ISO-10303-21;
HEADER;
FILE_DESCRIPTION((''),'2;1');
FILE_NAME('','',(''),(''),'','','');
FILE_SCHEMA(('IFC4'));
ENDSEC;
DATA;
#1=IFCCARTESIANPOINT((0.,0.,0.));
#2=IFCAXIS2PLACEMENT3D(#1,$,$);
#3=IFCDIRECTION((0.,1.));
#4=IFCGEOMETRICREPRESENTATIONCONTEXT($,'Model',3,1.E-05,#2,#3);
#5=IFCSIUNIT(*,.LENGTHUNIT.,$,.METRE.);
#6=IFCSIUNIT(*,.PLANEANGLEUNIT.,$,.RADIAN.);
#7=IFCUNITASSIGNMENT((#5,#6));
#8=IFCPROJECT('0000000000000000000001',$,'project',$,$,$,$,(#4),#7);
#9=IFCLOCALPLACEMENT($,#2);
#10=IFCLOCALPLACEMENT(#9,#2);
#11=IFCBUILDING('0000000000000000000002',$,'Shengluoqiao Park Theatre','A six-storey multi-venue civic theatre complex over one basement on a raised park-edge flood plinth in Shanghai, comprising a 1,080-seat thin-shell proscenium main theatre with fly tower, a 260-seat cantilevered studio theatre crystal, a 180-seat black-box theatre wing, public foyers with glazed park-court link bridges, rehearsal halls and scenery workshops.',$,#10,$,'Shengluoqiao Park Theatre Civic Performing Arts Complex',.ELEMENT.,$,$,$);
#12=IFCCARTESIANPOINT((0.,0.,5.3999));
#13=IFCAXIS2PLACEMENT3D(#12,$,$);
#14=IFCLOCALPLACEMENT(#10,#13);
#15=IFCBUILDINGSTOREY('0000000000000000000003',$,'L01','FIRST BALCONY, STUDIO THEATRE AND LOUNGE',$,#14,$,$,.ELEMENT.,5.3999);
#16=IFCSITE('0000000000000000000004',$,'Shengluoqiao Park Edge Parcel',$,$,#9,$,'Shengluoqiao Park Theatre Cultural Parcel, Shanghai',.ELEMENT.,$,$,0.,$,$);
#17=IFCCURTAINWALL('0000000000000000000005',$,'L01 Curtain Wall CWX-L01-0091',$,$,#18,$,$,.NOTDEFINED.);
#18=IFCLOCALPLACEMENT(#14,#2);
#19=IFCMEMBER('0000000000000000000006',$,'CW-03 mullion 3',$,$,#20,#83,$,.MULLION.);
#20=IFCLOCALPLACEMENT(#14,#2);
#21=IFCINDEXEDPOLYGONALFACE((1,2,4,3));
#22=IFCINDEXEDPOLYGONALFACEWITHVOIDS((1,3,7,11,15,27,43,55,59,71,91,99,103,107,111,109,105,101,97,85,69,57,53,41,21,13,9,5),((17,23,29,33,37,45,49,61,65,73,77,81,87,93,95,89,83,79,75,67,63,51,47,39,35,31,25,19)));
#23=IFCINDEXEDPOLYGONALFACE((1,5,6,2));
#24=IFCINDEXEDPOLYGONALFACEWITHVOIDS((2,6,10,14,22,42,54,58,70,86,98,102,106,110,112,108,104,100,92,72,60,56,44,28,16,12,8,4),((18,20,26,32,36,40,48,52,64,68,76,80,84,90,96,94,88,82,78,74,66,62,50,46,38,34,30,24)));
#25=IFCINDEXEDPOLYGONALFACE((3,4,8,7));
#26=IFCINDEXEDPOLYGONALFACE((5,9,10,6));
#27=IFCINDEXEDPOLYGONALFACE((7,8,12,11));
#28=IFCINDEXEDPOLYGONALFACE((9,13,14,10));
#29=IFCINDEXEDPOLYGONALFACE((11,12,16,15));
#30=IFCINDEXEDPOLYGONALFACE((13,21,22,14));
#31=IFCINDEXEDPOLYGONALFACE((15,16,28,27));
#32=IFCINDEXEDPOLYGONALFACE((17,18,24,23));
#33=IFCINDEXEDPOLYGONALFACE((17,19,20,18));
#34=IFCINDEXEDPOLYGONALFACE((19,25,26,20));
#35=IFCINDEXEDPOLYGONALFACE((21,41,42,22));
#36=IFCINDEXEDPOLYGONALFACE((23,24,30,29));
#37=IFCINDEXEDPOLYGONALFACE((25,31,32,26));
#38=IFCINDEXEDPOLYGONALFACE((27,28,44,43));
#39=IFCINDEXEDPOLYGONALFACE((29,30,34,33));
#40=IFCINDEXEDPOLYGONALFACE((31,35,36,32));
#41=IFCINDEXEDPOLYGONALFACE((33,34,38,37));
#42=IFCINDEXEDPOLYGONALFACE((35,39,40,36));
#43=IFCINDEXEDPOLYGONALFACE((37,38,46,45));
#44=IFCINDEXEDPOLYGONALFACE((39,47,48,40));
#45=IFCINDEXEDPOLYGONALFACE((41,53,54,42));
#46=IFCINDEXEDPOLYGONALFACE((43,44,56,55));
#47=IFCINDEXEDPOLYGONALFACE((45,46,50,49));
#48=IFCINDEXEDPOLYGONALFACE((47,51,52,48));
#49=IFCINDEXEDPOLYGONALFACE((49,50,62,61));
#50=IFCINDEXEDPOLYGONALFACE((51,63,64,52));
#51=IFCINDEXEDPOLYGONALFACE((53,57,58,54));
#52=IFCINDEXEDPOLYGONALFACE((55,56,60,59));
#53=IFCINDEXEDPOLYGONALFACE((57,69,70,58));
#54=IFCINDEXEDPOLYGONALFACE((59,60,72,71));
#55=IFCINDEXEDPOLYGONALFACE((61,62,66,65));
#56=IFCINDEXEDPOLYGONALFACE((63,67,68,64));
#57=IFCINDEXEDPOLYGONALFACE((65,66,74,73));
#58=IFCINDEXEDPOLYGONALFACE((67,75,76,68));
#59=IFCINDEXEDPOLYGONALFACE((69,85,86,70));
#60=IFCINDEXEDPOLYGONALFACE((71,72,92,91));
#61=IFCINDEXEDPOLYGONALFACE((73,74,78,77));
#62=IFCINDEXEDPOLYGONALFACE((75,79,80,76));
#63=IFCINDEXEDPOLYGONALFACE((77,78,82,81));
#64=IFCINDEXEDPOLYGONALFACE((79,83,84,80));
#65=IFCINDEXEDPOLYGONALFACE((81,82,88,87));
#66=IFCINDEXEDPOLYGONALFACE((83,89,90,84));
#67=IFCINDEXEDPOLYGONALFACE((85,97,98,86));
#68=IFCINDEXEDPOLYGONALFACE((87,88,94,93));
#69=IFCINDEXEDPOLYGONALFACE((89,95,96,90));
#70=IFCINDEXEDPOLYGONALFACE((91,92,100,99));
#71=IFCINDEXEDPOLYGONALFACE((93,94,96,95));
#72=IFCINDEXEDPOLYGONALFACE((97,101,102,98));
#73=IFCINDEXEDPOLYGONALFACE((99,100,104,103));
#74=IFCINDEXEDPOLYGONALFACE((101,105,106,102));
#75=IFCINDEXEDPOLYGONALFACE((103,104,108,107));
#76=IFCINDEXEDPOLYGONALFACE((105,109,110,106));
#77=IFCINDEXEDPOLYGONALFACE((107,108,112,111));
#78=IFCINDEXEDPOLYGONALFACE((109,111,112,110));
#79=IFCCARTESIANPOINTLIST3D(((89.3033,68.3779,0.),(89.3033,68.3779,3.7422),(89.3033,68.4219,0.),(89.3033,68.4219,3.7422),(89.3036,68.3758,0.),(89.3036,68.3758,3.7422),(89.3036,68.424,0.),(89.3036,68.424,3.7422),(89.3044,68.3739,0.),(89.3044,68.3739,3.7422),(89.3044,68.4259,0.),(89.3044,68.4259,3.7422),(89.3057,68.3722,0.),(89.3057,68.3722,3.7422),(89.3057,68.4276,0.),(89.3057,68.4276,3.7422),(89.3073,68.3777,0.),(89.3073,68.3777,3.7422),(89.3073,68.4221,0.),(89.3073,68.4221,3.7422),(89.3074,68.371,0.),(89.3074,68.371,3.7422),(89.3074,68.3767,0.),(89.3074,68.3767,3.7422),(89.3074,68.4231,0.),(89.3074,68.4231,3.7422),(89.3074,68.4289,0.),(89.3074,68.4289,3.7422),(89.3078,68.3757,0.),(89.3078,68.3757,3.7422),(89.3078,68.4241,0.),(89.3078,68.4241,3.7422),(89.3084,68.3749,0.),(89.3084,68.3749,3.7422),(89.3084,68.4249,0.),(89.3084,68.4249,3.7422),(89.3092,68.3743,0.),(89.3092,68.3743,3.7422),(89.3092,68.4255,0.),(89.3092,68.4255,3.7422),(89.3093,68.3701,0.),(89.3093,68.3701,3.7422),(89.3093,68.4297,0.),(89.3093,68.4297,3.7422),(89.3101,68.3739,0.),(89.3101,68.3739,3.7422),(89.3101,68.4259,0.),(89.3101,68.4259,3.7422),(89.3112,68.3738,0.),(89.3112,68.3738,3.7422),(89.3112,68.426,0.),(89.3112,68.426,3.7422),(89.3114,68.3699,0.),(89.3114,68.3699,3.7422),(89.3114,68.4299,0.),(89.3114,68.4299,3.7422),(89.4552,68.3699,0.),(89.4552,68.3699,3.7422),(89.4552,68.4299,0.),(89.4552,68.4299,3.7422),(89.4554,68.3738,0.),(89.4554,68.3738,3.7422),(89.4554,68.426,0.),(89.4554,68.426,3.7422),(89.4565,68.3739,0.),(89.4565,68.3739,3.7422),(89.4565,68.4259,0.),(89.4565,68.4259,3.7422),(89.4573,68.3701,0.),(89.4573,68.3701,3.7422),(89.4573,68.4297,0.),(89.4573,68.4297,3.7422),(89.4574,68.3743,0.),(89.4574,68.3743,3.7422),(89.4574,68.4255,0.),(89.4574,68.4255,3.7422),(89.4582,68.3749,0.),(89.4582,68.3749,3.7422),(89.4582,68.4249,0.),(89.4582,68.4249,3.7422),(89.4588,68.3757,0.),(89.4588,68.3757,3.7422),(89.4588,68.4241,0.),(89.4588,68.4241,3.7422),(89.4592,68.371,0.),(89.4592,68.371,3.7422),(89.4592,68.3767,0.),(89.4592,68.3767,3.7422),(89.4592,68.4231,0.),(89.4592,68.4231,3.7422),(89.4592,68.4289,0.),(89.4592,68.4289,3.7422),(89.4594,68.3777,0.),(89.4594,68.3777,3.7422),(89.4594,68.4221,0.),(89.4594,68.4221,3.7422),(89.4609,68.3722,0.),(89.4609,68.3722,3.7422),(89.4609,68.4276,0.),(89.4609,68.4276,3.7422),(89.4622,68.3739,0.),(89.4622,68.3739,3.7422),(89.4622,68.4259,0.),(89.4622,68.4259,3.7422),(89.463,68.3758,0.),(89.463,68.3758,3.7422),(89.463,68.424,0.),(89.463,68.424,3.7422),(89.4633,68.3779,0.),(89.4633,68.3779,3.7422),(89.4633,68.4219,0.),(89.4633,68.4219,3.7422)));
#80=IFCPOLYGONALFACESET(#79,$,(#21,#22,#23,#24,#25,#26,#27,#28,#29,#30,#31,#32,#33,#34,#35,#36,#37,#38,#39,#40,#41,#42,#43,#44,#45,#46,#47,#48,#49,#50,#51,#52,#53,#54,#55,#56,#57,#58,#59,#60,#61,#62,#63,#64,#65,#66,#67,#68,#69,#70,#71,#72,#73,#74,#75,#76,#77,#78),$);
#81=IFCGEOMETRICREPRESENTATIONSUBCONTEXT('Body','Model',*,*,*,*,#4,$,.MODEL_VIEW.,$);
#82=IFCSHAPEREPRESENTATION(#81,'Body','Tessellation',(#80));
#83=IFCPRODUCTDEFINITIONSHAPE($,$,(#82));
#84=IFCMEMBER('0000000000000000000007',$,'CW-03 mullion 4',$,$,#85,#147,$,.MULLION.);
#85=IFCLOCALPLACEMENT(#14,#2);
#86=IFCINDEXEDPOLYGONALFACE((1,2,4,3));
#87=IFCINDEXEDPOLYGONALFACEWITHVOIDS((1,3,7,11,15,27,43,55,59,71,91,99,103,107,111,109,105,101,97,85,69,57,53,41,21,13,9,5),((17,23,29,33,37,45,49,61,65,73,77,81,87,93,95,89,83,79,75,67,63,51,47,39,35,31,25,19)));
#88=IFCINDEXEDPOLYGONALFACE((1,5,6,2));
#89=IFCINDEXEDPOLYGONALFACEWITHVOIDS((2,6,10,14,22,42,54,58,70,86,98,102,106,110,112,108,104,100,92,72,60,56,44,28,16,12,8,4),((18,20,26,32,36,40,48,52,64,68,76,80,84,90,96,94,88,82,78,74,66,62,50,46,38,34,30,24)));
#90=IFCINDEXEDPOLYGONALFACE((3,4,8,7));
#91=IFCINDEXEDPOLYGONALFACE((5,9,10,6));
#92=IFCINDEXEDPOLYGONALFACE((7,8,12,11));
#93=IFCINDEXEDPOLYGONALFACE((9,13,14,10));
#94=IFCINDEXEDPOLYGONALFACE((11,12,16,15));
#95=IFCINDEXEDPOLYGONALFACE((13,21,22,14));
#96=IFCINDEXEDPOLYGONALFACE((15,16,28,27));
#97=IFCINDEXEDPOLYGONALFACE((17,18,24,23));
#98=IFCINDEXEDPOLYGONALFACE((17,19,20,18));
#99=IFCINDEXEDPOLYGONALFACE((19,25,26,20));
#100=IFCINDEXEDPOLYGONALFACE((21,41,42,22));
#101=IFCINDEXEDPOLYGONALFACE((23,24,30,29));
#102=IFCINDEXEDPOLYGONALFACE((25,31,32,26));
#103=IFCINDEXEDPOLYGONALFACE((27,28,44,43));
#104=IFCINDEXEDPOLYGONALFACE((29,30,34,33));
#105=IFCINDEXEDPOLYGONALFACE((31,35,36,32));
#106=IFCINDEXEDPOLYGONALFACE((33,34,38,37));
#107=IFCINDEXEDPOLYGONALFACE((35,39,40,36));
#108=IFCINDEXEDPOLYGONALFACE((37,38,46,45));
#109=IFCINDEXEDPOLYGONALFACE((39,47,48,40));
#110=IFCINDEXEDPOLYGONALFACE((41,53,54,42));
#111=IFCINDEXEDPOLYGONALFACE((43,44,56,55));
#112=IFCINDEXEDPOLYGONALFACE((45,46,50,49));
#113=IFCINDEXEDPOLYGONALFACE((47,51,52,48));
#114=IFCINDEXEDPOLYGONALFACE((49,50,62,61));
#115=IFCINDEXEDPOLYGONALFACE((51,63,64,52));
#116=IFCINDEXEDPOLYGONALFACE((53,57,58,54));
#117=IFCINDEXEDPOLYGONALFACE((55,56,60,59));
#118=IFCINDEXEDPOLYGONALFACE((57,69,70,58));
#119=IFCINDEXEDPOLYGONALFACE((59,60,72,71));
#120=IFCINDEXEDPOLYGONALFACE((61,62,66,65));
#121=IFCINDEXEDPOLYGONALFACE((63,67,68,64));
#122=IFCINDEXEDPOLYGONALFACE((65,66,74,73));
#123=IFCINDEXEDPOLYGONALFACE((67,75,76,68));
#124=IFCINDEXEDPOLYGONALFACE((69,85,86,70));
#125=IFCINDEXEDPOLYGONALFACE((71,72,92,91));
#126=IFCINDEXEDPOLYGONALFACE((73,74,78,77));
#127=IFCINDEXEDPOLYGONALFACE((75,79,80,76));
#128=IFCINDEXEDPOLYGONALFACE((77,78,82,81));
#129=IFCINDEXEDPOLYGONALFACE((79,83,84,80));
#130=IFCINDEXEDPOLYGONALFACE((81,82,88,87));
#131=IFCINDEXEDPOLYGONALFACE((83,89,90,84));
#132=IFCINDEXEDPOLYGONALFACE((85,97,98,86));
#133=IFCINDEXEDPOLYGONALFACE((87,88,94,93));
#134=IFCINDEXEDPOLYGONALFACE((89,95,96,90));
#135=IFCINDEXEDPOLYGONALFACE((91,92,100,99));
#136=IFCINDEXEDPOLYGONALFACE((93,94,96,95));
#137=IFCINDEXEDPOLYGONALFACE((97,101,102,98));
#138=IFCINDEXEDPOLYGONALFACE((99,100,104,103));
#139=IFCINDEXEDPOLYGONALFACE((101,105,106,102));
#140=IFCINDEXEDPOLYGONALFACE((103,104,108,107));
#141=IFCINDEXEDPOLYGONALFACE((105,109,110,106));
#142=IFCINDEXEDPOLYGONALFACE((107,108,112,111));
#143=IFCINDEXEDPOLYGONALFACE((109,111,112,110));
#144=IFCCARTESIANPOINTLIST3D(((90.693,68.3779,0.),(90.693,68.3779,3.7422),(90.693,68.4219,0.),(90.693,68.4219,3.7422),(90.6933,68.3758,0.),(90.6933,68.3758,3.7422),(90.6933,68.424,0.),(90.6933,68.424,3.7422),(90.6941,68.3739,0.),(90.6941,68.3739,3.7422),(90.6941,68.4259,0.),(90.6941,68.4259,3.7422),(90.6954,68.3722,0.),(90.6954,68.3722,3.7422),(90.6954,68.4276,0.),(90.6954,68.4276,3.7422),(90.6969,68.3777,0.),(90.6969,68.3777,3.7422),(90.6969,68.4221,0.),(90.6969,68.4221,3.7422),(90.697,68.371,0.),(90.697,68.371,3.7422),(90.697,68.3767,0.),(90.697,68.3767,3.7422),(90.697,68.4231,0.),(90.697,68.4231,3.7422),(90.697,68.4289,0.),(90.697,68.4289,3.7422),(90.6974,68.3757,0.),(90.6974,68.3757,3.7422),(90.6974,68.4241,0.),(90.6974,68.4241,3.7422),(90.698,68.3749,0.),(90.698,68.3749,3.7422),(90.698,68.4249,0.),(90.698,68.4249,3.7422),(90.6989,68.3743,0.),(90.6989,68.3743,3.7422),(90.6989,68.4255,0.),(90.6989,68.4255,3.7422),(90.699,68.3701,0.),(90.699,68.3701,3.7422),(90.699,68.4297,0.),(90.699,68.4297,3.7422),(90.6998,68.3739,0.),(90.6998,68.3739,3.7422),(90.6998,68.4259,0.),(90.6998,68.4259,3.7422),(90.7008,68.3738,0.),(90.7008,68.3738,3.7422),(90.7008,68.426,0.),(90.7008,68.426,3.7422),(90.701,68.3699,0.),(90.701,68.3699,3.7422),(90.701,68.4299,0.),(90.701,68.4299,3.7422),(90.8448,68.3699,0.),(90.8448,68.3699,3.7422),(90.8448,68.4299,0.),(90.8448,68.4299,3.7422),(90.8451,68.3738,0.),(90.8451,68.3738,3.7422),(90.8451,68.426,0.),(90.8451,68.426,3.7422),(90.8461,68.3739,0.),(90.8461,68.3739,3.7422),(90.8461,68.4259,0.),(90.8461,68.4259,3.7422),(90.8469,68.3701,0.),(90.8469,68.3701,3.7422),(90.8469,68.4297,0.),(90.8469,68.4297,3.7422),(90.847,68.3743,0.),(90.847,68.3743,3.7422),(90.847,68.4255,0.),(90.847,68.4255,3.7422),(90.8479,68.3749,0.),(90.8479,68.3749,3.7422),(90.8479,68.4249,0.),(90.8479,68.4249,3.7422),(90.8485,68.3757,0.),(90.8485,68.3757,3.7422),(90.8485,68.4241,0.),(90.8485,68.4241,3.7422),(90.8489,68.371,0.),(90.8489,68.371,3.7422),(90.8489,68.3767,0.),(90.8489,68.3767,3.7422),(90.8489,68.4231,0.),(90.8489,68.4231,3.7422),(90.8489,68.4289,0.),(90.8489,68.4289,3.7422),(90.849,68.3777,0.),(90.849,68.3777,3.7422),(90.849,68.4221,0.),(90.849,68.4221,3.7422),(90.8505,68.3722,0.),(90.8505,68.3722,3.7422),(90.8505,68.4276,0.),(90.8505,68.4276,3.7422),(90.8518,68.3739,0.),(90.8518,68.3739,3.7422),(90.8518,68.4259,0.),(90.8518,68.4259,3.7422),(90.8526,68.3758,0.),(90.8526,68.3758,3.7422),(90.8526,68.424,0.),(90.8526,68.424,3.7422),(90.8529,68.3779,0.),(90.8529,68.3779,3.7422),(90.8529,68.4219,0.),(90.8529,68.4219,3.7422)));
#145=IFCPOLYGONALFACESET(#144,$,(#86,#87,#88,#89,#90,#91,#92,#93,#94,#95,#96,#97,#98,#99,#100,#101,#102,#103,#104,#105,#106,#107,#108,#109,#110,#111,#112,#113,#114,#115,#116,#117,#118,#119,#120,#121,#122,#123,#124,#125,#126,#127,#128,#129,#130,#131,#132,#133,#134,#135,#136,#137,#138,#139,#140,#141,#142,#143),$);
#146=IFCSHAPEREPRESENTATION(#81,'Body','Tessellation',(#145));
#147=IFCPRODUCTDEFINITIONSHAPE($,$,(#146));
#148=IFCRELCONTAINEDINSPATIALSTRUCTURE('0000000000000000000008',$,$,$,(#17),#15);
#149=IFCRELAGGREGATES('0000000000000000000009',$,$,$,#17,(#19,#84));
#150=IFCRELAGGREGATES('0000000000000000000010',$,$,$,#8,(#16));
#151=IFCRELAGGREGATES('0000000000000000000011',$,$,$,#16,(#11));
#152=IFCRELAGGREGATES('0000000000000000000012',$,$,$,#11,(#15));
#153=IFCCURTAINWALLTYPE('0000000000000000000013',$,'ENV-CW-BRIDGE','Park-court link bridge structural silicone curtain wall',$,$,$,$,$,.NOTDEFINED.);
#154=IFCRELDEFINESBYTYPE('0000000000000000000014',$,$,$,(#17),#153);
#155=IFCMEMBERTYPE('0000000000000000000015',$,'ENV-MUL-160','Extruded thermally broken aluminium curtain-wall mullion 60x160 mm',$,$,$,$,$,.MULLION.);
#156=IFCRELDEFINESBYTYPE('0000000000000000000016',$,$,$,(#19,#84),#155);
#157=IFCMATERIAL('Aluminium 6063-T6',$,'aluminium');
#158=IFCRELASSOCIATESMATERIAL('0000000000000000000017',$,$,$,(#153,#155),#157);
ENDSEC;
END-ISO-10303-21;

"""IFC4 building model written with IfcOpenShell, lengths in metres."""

from ifc_helpers import new_model, si_unit, direction, frame, origin, origin_2d, place, context, subcontext, project, spatial, hollow_rectangle, extrude, material, material_profile, profile_set, type_object, element, aggregate, save


model = new_model("IFC4")

# Units and contexts
model_context = context("Model", 3, precision=1e-05, world=origin(), true_north=direction((0.0, 1.0)))
body_context = subcontext(model_context, "Body", "Model", "MODEL_VIEW")
ifc_project = project(units=[si_unit("LENGTHUNIT", "METRE"), si_unit("PLANEANGLEUNIT", "RADIAN")], contexts=[model_context])

# Site, building, storey
site_placement = place(None, origin())
site = spatial("IfcSite", under=ifc_project, at=site_placement, Name="Shengluoqiao Park Edge Parcel", LongName="Shengluoqiao Park Theatre Cultural Parcel, Shanghai", CompositionType="ELEMENT", RefElevation=0.0)
building_placement = place(site_placement, origin())
building = spatial("IfcBuilding", under=site, at=building_placement, Name="Shengluoqiao Park Theatre", Description="A six-storey multi-venue civic theatre complex over one basement on a raised park-edge flood plinth in Shanghai, comprising a 1,080-seat thin-shell proscenium main theatre with fly tower, a 260-seat cantilevered studio theatre crystal, a 180-seat black-box theatre wing, public foyers with glazed park-court link bridges, rehearsal halls and scenery workshops.", LongName="Shengluoqiao Park Theatre Civic Performing Arts Complex", CompositionType="ELEMENT")
storey_placement = place(building_placement, frame((0.0, 0.0, 5.3999)))
storey = spatial("IfcBuildingStorey", under=building, at=storey_placement, Name="L01", Description="FIRST BALCONY, STUDIO THEATRE AND LOUNGE", CompositionType="ELEMENT", Elevation=5.3999)

# Curtain wall, members
ifc_material_1 = material(Name="Aluminium 6063-T6", Category="aluminium")
curtain_wall_type = type_object("IfcCurtainWallType", Name="ENV-CW-BRIDGE", Description="Park-court link bridge structural silicone curtain wall", PredefinedType="NOTDEFINED", material=ifc_material_1)
curtain_wall_placement = place(storey_placement, origin())
curtain_wall = element("IfcCurtainWall", 1, at=curtain_wall_placement, inside=storey, type_object=curtain_wall_type, Name="L01 Curtain Wall CWX-L01-0091", PredefinedType="NOTDEFINED")
ifc_material_profile_1 = material_profile(ifc_material_1, hollow_rectangle(XDim=0.0601, YDim=0.1599, WallThickness=0.0039, InnerFilletRadius=0.0039, OuterFilletRadius=0.0081, at=origin_2d()), Name="ALU MULLION 160x60x4")
ifc_profile_set_1 = profile_set([ifc_material_profile_1], Name="Aluminium 6063-T6")
member_type_1 = type_object("IfcMemberType", Name="ENV-MUL-160", Description="Extruded thermally broken aluminium curtain-wall mullion 60x160 mm", PredefinedType="MULLION", material=ifc_profile_set_1)
member_1_placement = place(storey_placement, frame((89.3833, 68.3999, 0.0), z_axis=(0.0, 0.0, 1.0), x_axis=(0.0, 1.0, 0.0)))
member_1 = element("IfcMember", 2, at=member_1_placement, type_object=member_type_1, Name="CW-03 mullion 3", PredefinedType="MULLION", context=body_context, shape_type="SweptSolid", body=[
    extrude(hollow_rectangle(XDim=0.0601, YDim=0.1599, WallThickness=0.0039, InnerFilletRadius=0.0039, OuterFilletRadius=0.0081, at=origin_2d()), origin(), (0.0, 0.0, 1.0), 3.7422),
])
member_2_placement = place(storey_placement, frame((90.7729, 68.3999, 0.0), z_axis=(0.0, 0.0, 1.0), x_axis=(0.0, 1.0, 0.0)))
member_2 = element("IfcMember", 3, at=member_2_placement, type_object=member_type_1, Name="CW-03 mullion 4", PredefinedType="MULLION", context=body_context, shape_type="SweptSolid", body=[
    extrude(hollow_rectangle(XDim=0.0601, YDim=0.1599, WallThickness=0.0039, InnerFilletRadius=0.0039, OuterFilletRadius=0.0081, at=origin_2d()), origin(), (0.0, 0.0, 1.0), 3.7422),
])

aggregate(curtain_wall, [member_1, member_2])

save(model, "model.ifc")
